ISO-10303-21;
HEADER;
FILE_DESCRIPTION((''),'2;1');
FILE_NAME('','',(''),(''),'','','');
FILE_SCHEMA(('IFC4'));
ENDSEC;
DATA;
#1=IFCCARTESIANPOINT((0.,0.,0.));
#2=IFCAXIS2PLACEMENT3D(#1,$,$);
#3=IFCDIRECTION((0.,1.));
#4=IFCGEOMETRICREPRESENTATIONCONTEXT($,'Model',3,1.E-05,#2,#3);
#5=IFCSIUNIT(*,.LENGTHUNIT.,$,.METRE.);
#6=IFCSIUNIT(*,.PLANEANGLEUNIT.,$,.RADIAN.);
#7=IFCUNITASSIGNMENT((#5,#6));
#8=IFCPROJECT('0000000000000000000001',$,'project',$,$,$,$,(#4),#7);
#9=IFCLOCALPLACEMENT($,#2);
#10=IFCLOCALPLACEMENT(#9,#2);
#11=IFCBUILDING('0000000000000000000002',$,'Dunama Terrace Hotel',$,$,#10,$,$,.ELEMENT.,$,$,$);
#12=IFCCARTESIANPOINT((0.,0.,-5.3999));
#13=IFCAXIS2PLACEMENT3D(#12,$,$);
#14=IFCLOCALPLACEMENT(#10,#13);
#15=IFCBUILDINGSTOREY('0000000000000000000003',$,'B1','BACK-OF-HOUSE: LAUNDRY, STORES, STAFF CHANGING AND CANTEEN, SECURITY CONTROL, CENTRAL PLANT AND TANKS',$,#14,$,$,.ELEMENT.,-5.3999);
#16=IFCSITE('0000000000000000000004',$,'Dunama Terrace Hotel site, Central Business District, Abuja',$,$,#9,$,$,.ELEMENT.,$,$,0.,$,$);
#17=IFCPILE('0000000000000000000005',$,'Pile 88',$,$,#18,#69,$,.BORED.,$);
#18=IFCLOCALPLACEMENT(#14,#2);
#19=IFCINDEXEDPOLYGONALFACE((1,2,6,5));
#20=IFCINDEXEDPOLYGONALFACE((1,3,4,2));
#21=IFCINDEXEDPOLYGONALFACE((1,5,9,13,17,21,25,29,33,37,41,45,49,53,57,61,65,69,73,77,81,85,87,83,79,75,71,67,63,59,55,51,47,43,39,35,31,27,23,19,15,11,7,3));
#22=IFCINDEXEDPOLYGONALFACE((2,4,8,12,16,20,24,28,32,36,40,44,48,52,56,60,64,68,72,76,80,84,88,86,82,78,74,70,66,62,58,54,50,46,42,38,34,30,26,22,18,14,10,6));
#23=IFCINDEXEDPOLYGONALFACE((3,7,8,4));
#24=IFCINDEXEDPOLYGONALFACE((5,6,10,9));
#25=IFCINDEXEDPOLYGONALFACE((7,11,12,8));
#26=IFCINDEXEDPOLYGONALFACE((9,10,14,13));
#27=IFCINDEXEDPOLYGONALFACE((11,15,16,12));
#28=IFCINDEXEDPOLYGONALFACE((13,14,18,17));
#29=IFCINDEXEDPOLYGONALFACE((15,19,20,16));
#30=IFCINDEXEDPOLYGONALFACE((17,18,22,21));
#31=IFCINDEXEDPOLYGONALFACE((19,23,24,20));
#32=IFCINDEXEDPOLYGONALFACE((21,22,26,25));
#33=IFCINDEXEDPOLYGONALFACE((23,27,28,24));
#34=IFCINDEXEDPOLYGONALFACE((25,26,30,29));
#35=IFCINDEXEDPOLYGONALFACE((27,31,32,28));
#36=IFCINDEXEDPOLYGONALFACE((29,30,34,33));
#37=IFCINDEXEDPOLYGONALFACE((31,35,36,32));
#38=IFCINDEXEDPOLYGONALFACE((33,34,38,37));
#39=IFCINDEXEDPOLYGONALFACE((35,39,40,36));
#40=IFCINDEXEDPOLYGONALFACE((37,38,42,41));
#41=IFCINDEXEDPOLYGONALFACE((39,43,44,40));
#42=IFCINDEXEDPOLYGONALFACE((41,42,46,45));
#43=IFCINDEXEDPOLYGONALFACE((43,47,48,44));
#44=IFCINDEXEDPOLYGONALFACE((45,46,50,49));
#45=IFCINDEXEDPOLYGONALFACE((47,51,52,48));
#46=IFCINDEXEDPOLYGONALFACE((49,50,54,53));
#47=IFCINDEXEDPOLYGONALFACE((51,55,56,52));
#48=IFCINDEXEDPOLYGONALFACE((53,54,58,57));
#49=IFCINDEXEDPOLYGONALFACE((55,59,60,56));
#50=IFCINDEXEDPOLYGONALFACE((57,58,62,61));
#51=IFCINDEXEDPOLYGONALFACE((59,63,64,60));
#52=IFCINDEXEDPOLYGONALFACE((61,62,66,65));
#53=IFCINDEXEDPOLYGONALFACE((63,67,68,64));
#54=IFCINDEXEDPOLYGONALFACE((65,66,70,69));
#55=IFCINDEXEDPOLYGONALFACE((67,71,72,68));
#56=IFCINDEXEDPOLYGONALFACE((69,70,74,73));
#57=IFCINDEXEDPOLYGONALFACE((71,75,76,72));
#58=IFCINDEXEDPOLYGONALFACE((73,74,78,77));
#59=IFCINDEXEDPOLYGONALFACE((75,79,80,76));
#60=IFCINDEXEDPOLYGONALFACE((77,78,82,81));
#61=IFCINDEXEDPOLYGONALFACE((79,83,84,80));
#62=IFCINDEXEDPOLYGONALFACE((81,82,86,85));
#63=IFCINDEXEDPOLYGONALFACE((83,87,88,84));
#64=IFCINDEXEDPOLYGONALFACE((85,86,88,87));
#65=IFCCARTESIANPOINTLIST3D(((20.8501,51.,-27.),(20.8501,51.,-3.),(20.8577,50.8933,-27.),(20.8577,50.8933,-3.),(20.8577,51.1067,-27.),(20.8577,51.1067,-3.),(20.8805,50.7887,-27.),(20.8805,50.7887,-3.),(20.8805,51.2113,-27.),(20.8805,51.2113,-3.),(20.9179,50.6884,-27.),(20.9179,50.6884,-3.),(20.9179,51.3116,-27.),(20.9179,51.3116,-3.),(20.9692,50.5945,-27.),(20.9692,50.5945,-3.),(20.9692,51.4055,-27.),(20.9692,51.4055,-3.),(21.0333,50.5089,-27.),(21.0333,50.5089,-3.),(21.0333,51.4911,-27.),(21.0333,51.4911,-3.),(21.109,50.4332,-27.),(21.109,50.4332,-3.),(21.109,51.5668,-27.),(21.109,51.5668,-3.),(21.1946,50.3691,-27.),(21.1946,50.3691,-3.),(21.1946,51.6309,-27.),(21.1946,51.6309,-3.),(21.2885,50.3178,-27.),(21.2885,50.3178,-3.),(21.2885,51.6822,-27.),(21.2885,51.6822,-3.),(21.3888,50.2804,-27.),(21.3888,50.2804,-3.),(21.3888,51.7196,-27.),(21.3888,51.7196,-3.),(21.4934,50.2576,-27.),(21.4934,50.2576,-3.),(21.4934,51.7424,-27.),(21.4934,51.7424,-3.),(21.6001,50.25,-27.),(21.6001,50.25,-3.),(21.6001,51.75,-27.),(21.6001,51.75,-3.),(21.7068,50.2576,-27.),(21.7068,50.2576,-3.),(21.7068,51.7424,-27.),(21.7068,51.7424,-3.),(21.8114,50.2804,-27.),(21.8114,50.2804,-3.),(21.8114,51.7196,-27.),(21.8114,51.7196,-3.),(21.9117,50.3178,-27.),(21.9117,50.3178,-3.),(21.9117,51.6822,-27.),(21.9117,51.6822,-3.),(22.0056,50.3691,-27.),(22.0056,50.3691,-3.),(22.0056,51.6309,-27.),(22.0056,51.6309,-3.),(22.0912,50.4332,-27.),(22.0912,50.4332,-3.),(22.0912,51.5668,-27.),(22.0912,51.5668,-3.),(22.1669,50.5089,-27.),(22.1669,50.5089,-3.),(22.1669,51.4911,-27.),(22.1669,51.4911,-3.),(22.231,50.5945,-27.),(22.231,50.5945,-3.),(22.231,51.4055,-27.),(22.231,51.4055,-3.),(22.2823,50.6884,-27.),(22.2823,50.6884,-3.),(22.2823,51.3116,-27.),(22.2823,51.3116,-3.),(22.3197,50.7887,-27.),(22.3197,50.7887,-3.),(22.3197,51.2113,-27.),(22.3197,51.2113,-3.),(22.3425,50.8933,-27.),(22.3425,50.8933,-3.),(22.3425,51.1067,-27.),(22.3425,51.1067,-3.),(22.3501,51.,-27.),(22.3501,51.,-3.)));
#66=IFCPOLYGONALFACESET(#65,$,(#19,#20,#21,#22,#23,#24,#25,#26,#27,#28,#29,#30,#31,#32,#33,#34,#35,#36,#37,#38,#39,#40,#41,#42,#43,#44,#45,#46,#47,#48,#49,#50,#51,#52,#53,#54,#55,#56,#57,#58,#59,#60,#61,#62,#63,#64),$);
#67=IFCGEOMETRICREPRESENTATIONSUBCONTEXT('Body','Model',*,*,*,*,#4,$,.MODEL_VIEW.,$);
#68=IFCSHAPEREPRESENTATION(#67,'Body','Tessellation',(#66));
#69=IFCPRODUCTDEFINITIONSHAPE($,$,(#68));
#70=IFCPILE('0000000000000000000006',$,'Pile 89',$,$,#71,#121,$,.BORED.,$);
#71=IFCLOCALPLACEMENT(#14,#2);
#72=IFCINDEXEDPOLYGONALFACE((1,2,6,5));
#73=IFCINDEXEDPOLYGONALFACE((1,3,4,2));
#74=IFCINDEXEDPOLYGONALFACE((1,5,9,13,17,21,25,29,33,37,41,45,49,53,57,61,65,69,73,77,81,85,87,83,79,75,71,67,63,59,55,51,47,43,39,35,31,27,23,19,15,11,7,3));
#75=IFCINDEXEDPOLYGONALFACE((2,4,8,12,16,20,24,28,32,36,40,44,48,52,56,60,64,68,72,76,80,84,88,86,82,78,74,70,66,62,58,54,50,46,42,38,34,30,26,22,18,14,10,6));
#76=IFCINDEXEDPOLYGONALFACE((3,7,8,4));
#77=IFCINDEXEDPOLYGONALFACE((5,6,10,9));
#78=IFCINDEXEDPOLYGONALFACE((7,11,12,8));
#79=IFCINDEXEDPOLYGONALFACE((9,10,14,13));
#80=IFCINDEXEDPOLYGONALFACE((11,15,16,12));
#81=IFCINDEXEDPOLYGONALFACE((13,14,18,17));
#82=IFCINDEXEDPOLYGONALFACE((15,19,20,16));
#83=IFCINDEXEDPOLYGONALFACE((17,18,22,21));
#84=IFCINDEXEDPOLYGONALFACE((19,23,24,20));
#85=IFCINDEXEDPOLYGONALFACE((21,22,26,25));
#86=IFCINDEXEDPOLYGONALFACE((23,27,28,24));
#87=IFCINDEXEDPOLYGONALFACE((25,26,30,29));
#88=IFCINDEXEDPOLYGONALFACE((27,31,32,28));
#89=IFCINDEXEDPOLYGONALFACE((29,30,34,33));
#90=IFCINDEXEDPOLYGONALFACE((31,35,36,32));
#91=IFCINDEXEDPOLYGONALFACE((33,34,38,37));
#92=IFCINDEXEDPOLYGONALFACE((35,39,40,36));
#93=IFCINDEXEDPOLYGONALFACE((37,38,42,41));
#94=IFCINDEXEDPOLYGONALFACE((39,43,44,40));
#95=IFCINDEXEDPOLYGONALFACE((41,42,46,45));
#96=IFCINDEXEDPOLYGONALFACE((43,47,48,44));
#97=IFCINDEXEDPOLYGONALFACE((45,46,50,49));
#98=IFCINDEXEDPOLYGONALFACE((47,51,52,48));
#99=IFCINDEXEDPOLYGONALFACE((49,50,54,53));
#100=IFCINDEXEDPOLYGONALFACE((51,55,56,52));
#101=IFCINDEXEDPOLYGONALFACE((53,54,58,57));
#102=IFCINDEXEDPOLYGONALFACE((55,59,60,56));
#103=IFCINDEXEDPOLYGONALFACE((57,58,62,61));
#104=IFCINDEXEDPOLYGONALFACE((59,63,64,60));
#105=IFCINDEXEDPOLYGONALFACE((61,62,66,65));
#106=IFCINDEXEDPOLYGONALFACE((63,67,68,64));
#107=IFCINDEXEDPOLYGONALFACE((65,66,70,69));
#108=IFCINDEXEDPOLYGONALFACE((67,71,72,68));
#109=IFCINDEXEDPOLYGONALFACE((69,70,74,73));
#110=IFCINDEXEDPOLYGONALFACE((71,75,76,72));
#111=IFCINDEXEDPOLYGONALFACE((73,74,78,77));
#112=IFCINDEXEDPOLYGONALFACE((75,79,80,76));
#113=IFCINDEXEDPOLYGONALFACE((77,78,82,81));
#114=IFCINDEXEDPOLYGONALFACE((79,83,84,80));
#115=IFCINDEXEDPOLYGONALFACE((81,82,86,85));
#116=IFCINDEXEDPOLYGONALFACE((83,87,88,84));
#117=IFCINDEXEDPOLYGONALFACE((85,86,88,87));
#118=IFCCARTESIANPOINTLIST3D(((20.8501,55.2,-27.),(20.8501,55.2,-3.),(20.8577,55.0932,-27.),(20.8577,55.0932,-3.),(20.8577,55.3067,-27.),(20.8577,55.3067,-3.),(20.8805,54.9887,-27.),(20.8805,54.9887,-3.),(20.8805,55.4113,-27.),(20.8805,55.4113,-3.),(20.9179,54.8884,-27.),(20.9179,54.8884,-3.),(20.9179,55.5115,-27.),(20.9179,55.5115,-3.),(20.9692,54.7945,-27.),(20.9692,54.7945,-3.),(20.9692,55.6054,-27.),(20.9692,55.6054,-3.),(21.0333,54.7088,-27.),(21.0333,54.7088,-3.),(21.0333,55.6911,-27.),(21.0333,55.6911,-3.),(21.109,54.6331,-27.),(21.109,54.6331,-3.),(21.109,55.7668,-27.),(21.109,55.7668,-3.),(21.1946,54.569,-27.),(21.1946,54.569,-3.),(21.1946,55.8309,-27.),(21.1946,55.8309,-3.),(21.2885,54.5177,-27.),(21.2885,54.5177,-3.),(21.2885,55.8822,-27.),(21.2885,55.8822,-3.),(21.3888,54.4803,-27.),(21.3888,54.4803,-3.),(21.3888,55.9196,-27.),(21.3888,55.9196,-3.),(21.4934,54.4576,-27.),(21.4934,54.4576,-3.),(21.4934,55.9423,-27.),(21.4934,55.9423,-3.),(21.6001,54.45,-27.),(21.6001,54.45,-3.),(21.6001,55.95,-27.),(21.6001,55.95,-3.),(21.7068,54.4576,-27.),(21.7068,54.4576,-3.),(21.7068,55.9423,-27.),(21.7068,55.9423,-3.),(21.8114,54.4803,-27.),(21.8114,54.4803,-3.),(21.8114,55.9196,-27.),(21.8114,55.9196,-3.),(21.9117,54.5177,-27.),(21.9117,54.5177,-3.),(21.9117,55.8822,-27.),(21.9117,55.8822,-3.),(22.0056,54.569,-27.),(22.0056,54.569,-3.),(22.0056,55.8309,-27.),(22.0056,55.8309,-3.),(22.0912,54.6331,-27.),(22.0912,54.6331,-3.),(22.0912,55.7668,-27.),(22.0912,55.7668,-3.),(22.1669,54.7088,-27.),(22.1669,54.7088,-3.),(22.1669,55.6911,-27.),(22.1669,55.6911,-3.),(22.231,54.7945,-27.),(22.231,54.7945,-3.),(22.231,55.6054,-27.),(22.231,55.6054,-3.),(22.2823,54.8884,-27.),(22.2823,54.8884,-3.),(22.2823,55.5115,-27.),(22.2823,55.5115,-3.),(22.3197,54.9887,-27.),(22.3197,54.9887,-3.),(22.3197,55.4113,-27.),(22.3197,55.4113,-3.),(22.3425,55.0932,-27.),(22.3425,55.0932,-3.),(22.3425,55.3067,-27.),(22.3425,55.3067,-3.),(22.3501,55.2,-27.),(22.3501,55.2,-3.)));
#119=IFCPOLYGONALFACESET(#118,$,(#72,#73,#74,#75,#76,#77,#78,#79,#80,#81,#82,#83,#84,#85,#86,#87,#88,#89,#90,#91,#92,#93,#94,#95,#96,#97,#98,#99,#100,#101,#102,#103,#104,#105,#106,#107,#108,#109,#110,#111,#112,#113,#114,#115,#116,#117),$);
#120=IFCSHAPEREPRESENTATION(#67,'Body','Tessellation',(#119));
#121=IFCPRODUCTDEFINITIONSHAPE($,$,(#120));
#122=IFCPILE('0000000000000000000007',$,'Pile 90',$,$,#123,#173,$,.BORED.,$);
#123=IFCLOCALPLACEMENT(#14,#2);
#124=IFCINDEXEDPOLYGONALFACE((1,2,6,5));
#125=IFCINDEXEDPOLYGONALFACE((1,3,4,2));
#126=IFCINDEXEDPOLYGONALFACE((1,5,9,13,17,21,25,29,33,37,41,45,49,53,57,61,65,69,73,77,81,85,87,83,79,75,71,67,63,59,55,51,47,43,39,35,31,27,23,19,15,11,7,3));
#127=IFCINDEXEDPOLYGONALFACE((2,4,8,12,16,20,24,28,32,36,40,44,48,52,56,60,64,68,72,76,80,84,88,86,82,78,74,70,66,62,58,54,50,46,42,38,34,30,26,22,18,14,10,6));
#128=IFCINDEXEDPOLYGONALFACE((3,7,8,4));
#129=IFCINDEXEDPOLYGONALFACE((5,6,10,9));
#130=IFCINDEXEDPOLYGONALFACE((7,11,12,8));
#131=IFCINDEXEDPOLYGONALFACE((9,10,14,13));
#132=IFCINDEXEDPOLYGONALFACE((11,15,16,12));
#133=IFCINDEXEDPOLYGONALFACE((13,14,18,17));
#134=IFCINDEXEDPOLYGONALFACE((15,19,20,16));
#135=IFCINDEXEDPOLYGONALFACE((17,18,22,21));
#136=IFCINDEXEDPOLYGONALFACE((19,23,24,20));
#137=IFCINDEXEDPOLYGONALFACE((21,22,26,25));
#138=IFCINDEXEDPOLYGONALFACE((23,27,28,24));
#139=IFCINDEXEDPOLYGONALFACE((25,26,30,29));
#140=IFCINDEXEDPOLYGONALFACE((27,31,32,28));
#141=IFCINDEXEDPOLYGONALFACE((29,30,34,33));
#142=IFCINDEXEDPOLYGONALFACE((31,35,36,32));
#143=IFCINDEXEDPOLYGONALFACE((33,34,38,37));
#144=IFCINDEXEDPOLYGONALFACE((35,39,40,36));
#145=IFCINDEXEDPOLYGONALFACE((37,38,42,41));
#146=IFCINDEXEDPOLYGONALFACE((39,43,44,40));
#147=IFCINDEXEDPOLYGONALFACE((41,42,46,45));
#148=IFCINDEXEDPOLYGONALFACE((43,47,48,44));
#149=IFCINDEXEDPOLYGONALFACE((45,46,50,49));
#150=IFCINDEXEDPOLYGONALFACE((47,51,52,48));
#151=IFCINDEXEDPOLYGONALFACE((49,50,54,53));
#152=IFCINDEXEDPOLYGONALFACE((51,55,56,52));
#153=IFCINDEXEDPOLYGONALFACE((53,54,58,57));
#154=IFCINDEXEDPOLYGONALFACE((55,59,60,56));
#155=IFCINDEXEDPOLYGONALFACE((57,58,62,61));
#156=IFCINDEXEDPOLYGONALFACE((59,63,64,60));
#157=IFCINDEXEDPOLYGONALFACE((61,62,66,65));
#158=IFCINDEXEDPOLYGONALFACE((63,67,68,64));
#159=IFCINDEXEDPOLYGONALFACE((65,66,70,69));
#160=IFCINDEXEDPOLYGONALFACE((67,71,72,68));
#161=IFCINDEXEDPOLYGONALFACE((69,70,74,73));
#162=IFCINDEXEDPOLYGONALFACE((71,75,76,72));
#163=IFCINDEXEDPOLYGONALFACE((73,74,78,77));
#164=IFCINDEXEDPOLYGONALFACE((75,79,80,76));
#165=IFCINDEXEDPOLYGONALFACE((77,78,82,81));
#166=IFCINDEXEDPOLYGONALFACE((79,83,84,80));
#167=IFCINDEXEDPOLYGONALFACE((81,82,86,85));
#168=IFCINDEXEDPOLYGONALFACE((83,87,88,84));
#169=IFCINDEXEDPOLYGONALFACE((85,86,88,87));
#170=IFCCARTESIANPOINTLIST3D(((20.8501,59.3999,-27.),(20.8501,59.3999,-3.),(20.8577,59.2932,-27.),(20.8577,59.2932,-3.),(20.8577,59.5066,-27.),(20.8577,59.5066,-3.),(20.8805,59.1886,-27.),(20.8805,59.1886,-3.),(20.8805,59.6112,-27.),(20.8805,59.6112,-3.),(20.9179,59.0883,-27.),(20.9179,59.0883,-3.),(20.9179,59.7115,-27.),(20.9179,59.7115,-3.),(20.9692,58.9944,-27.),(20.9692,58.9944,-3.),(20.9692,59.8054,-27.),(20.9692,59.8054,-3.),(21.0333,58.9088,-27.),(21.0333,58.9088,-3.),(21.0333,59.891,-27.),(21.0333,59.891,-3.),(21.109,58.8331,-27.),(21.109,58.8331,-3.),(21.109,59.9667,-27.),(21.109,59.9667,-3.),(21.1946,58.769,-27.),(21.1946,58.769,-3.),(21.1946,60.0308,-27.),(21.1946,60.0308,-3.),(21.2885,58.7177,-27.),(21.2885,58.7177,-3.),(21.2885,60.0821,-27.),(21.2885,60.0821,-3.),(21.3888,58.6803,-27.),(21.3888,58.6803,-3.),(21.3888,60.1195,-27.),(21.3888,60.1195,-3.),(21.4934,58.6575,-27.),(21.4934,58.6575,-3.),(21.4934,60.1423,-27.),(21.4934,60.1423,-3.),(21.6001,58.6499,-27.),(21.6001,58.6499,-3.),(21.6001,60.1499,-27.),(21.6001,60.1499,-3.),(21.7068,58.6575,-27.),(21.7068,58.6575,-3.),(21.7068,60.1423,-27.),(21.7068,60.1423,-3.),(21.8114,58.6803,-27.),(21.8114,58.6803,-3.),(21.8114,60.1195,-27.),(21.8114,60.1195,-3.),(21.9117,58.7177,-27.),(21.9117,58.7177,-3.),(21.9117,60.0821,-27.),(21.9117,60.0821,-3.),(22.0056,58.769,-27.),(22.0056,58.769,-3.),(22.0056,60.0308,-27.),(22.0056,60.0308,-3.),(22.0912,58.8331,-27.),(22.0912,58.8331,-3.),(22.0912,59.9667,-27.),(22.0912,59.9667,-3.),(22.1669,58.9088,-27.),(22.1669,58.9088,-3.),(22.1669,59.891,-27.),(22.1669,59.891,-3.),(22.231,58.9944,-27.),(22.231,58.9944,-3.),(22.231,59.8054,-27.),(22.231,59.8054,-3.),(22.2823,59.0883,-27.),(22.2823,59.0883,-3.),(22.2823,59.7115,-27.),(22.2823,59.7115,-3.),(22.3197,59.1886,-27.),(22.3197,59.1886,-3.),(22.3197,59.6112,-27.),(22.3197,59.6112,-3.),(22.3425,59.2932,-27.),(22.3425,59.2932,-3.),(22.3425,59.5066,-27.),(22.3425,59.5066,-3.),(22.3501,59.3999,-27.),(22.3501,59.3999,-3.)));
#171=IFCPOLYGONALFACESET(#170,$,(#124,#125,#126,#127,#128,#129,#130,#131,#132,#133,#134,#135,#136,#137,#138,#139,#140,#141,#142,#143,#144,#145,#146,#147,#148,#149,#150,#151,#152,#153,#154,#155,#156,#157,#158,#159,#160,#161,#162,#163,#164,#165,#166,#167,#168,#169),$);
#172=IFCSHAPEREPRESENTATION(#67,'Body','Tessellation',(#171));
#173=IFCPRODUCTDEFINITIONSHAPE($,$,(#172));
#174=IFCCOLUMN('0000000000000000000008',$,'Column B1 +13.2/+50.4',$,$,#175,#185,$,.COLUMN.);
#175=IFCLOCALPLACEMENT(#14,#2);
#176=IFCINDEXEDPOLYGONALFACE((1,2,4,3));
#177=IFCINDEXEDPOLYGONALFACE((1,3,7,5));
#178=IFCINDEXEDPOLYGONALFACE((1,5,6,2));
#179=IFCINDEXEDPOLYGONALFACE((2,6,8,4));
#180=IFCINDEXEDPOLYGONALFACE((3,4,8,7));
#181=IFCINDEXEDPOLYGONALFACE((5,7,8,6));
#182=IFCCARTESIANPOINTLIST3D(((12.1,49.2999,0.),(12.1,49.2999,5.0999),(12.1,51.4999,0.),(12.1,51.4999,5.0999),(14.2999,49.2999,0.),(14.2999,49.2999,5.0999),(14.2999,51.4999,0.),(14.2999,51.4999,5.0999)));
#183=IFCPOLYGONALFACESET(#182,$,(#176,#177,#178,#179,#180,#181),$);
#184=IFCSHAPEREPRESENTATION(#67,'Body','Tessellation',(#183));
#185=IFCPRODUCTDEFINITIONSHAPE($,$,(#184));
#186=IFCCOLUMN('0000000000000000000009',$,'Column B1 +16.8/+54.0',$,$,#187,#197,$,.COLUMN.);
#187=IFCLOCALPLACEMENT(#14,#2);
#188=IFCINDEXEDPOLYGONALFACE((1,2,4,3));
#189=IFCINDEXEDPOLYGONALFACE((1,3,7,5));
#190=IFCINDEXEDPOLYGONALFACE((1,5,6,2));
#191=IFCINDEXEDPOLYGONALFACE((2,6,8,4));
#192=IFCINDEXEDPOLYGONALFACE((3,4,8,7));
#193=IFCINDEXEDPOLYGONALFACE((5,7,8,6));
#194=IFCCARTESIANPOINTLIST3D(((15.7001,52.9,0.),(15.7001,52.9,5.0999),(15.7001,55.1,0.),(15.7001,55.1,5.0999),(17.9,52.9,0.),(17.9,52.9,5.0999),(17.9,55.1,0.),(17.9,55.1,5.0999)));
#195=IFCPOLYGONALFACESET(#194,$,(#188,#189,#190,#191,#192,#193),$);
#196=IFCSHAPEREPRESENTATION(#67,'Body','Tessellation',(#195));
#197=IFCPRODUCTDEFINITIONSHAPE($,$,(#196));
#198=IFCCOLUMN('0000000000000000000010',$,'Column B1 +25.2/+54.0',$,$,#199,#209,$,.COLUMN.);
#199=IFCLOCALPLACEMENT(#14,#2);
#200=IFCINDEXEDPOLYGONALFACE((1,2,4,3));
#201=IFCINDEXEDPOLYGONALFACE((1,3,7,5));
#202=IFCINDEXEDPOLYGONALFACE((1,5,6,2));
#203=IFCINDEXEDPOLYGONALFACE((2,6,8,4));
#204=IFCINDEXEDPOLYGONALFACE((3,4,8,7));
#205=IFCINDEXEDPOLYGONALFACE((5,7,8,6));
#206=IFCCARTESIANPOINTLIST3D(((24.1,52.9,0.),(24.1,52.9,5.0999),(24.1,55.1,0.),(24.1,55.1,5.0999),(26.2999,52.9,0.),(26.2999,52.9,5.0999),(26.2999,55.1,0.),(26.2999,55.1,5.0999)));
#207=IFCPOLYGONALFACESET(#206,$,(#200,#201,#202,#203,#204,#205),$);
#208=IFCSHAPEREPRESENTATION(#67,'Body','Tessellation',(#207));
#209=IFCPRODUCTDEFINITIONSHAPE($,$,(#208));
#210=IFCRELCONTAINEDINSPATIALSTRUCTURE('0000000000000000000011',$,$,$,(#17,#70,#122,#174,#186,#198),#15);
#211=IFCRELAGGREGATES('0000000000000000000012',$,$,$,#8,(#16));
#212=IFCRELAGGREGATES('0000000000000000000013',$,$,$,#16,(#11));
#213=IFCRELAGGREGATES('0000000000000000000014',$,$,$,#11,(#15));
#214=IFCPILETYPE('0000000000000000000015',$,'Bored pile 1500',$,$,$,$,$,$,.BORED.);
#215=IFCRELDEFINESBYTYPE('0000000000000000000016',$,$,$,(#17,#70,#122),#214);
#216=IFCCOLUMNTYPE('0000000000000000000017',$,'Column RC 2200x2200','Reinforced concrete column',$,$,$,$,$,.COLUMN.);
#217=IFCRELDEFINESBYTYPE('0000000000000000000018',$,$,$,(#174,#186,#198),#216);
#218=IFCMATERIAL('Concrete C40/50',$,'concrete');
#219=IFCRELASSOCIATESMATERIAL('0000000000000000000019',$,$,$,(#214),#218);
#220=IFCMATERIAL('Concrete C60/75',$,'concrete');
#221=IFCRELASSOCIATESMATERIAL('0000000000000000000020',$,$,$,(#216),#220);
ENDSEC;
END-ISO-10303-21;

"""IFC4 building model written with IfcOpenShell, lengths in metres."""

from ifc_helpers import new_model, si_unit, direction, frame, origin, origin_2d, place, context, subcontext, project, spatial, rectangle, circle, extrude, material, material_profile, profile_set, type_object, element, save


model = new_model("IFC4")

# Units and contexts
model_context = context("Model", 3, precision=1e-05, world=origin(), true_north=direction((0.0, 1.0)))
body_context = subcontext(model_context, "Body", "Model", "MODEL_VIEW")
ifc_project = project(units=[si_unit("LENGTHUNIT", "METRE"), si_unit("PLANEANGLEUNIT", "RADIAN")], contexts=[model_context])

# Site, building, storey
site_placement = place(None, origin())
site = spatial("IfcSite", under=ifc_project, at=site_placement, Name="Dunama Terrace Hotel site, Central Business District, Abuja", CompositionType="ELEMENT", RefElevation=0.0)
building_placement = place(site_placement, origin())
building = spatial("IfcBuilding", under=site, at=building_placement, Name="Dunama Terrace Hotel", CompositionType="ELEMENT")
storey_placement = place(building_placement, frame((0.0, 0.0, -5.3999)))
storey = spatial("IfcBuildingStorey", under=building, at=storey_placement, Name="B1", Description="BACK-OF-HOUSE: LAUNDRY, STORES, STAFF CHANGING AND CANTEEN, SECURITY CONTROL, CENTRAL PLANT AND TANKS", CompositionType="ELEMENT", Elevation=-5.3999)

# Piles
ifc_material_1 = material(Name="Concrete C40/50", Category="concrete")
ifc_material_profile_1 = material_profile(ifc_material_1, circle(Radius=0.75, at=origin_2d()), Name="PILE D1500")
ifc_profile_set_1 = profile_set([ifc_material_profile_1], Name="Concrete C40/50")
pile_type = type_object("IfcPileType", Name="Bored pile 1500", PredefinedType="BORED", material=ifc_profile_set_1)
for number, where, z_axis, x_axis, name in (
    (1, (21.6001, 51.0, -3.0), (0.0, 0.0, -1.0), (1.0, 0.0, 0.0), "Pile 88"),
    (2, (21.6001, 55.2, -3.0), (0.0, 0.0, -1.0), (1.0, 0.0, 0.0), "Pile 89"),
    (3, (21.6001, 59.3999, -3.0), (0.0, 0.0, -1.0), (1.0, 0.0, 0.0), "Pile 90"),
):
    element("IfcPile", number, at=place(storey_placement, frame(where, z_axis=z_axis, x_axis=x_axis)), inside=storey, type_object=pile_type, Name=name, PredefinedType="BORED", context=body_context, shape_type="SweptSolid", body=[
        extrude(circle(Radius=0.75, at=origin_2d()), origin(), (0.0, 0.0, 1.0), 24.0),
    ])

# Columns
ifc_material_2 = material(Name="Concrete C60/75", Category="concrete")
ifc_material_profile_2 = material_profile(ifc_material_2, rectangle(XDim=2.2, YDim=2.2, at=origin_2d()), Name="RC 2200x2200")
ifc_profile_set_2 = profile_set([ifc_material_profile_2], Name="Concrete C60/75")
column_type_1 = type_object("IfcColumnType", Name="Column RC 2200x2200", Description="Reinforced concrete column", PredefinedType="COLUMN", material=ifc_profile_set_2)
for number, where, z_axis, x_axis, name in (
    (4, (13.2, 50.3999, 0.0), (0.0, 0.0, 1.0), (1.0, 0.0, 0.0), "Column B1 +13.2/+50.4"),
    (5, (16.8, 54.0, 0.0), (0.0, 0.0, 1.0), (1.0, 0.0, 0.0), "Column B1 +16.8/+54.0"),
    (6, (25.2, 54.0, 0.0), (0.0, 0.0, 1.0), (1.0, 0.0, 0.0), "Column B1 +25.2/+54.0"),
):
    element("IfcColumn", number, at=place(storey_placement, frame(where, z_axis=z_axis, x_axis=x_axis)), inside=storey, type_object=column_type_1, Name=name, PredefinedType="COLUMN", context=body_context, shape_type="SweptSolid", body=[
        extrude(rectangle(XDim=2.2, YDim=2.2, at=origin_2d()), origin(), (0.0, 0.0, 1.0), 5.0999),
    ])

save(model, "model.ifc")
